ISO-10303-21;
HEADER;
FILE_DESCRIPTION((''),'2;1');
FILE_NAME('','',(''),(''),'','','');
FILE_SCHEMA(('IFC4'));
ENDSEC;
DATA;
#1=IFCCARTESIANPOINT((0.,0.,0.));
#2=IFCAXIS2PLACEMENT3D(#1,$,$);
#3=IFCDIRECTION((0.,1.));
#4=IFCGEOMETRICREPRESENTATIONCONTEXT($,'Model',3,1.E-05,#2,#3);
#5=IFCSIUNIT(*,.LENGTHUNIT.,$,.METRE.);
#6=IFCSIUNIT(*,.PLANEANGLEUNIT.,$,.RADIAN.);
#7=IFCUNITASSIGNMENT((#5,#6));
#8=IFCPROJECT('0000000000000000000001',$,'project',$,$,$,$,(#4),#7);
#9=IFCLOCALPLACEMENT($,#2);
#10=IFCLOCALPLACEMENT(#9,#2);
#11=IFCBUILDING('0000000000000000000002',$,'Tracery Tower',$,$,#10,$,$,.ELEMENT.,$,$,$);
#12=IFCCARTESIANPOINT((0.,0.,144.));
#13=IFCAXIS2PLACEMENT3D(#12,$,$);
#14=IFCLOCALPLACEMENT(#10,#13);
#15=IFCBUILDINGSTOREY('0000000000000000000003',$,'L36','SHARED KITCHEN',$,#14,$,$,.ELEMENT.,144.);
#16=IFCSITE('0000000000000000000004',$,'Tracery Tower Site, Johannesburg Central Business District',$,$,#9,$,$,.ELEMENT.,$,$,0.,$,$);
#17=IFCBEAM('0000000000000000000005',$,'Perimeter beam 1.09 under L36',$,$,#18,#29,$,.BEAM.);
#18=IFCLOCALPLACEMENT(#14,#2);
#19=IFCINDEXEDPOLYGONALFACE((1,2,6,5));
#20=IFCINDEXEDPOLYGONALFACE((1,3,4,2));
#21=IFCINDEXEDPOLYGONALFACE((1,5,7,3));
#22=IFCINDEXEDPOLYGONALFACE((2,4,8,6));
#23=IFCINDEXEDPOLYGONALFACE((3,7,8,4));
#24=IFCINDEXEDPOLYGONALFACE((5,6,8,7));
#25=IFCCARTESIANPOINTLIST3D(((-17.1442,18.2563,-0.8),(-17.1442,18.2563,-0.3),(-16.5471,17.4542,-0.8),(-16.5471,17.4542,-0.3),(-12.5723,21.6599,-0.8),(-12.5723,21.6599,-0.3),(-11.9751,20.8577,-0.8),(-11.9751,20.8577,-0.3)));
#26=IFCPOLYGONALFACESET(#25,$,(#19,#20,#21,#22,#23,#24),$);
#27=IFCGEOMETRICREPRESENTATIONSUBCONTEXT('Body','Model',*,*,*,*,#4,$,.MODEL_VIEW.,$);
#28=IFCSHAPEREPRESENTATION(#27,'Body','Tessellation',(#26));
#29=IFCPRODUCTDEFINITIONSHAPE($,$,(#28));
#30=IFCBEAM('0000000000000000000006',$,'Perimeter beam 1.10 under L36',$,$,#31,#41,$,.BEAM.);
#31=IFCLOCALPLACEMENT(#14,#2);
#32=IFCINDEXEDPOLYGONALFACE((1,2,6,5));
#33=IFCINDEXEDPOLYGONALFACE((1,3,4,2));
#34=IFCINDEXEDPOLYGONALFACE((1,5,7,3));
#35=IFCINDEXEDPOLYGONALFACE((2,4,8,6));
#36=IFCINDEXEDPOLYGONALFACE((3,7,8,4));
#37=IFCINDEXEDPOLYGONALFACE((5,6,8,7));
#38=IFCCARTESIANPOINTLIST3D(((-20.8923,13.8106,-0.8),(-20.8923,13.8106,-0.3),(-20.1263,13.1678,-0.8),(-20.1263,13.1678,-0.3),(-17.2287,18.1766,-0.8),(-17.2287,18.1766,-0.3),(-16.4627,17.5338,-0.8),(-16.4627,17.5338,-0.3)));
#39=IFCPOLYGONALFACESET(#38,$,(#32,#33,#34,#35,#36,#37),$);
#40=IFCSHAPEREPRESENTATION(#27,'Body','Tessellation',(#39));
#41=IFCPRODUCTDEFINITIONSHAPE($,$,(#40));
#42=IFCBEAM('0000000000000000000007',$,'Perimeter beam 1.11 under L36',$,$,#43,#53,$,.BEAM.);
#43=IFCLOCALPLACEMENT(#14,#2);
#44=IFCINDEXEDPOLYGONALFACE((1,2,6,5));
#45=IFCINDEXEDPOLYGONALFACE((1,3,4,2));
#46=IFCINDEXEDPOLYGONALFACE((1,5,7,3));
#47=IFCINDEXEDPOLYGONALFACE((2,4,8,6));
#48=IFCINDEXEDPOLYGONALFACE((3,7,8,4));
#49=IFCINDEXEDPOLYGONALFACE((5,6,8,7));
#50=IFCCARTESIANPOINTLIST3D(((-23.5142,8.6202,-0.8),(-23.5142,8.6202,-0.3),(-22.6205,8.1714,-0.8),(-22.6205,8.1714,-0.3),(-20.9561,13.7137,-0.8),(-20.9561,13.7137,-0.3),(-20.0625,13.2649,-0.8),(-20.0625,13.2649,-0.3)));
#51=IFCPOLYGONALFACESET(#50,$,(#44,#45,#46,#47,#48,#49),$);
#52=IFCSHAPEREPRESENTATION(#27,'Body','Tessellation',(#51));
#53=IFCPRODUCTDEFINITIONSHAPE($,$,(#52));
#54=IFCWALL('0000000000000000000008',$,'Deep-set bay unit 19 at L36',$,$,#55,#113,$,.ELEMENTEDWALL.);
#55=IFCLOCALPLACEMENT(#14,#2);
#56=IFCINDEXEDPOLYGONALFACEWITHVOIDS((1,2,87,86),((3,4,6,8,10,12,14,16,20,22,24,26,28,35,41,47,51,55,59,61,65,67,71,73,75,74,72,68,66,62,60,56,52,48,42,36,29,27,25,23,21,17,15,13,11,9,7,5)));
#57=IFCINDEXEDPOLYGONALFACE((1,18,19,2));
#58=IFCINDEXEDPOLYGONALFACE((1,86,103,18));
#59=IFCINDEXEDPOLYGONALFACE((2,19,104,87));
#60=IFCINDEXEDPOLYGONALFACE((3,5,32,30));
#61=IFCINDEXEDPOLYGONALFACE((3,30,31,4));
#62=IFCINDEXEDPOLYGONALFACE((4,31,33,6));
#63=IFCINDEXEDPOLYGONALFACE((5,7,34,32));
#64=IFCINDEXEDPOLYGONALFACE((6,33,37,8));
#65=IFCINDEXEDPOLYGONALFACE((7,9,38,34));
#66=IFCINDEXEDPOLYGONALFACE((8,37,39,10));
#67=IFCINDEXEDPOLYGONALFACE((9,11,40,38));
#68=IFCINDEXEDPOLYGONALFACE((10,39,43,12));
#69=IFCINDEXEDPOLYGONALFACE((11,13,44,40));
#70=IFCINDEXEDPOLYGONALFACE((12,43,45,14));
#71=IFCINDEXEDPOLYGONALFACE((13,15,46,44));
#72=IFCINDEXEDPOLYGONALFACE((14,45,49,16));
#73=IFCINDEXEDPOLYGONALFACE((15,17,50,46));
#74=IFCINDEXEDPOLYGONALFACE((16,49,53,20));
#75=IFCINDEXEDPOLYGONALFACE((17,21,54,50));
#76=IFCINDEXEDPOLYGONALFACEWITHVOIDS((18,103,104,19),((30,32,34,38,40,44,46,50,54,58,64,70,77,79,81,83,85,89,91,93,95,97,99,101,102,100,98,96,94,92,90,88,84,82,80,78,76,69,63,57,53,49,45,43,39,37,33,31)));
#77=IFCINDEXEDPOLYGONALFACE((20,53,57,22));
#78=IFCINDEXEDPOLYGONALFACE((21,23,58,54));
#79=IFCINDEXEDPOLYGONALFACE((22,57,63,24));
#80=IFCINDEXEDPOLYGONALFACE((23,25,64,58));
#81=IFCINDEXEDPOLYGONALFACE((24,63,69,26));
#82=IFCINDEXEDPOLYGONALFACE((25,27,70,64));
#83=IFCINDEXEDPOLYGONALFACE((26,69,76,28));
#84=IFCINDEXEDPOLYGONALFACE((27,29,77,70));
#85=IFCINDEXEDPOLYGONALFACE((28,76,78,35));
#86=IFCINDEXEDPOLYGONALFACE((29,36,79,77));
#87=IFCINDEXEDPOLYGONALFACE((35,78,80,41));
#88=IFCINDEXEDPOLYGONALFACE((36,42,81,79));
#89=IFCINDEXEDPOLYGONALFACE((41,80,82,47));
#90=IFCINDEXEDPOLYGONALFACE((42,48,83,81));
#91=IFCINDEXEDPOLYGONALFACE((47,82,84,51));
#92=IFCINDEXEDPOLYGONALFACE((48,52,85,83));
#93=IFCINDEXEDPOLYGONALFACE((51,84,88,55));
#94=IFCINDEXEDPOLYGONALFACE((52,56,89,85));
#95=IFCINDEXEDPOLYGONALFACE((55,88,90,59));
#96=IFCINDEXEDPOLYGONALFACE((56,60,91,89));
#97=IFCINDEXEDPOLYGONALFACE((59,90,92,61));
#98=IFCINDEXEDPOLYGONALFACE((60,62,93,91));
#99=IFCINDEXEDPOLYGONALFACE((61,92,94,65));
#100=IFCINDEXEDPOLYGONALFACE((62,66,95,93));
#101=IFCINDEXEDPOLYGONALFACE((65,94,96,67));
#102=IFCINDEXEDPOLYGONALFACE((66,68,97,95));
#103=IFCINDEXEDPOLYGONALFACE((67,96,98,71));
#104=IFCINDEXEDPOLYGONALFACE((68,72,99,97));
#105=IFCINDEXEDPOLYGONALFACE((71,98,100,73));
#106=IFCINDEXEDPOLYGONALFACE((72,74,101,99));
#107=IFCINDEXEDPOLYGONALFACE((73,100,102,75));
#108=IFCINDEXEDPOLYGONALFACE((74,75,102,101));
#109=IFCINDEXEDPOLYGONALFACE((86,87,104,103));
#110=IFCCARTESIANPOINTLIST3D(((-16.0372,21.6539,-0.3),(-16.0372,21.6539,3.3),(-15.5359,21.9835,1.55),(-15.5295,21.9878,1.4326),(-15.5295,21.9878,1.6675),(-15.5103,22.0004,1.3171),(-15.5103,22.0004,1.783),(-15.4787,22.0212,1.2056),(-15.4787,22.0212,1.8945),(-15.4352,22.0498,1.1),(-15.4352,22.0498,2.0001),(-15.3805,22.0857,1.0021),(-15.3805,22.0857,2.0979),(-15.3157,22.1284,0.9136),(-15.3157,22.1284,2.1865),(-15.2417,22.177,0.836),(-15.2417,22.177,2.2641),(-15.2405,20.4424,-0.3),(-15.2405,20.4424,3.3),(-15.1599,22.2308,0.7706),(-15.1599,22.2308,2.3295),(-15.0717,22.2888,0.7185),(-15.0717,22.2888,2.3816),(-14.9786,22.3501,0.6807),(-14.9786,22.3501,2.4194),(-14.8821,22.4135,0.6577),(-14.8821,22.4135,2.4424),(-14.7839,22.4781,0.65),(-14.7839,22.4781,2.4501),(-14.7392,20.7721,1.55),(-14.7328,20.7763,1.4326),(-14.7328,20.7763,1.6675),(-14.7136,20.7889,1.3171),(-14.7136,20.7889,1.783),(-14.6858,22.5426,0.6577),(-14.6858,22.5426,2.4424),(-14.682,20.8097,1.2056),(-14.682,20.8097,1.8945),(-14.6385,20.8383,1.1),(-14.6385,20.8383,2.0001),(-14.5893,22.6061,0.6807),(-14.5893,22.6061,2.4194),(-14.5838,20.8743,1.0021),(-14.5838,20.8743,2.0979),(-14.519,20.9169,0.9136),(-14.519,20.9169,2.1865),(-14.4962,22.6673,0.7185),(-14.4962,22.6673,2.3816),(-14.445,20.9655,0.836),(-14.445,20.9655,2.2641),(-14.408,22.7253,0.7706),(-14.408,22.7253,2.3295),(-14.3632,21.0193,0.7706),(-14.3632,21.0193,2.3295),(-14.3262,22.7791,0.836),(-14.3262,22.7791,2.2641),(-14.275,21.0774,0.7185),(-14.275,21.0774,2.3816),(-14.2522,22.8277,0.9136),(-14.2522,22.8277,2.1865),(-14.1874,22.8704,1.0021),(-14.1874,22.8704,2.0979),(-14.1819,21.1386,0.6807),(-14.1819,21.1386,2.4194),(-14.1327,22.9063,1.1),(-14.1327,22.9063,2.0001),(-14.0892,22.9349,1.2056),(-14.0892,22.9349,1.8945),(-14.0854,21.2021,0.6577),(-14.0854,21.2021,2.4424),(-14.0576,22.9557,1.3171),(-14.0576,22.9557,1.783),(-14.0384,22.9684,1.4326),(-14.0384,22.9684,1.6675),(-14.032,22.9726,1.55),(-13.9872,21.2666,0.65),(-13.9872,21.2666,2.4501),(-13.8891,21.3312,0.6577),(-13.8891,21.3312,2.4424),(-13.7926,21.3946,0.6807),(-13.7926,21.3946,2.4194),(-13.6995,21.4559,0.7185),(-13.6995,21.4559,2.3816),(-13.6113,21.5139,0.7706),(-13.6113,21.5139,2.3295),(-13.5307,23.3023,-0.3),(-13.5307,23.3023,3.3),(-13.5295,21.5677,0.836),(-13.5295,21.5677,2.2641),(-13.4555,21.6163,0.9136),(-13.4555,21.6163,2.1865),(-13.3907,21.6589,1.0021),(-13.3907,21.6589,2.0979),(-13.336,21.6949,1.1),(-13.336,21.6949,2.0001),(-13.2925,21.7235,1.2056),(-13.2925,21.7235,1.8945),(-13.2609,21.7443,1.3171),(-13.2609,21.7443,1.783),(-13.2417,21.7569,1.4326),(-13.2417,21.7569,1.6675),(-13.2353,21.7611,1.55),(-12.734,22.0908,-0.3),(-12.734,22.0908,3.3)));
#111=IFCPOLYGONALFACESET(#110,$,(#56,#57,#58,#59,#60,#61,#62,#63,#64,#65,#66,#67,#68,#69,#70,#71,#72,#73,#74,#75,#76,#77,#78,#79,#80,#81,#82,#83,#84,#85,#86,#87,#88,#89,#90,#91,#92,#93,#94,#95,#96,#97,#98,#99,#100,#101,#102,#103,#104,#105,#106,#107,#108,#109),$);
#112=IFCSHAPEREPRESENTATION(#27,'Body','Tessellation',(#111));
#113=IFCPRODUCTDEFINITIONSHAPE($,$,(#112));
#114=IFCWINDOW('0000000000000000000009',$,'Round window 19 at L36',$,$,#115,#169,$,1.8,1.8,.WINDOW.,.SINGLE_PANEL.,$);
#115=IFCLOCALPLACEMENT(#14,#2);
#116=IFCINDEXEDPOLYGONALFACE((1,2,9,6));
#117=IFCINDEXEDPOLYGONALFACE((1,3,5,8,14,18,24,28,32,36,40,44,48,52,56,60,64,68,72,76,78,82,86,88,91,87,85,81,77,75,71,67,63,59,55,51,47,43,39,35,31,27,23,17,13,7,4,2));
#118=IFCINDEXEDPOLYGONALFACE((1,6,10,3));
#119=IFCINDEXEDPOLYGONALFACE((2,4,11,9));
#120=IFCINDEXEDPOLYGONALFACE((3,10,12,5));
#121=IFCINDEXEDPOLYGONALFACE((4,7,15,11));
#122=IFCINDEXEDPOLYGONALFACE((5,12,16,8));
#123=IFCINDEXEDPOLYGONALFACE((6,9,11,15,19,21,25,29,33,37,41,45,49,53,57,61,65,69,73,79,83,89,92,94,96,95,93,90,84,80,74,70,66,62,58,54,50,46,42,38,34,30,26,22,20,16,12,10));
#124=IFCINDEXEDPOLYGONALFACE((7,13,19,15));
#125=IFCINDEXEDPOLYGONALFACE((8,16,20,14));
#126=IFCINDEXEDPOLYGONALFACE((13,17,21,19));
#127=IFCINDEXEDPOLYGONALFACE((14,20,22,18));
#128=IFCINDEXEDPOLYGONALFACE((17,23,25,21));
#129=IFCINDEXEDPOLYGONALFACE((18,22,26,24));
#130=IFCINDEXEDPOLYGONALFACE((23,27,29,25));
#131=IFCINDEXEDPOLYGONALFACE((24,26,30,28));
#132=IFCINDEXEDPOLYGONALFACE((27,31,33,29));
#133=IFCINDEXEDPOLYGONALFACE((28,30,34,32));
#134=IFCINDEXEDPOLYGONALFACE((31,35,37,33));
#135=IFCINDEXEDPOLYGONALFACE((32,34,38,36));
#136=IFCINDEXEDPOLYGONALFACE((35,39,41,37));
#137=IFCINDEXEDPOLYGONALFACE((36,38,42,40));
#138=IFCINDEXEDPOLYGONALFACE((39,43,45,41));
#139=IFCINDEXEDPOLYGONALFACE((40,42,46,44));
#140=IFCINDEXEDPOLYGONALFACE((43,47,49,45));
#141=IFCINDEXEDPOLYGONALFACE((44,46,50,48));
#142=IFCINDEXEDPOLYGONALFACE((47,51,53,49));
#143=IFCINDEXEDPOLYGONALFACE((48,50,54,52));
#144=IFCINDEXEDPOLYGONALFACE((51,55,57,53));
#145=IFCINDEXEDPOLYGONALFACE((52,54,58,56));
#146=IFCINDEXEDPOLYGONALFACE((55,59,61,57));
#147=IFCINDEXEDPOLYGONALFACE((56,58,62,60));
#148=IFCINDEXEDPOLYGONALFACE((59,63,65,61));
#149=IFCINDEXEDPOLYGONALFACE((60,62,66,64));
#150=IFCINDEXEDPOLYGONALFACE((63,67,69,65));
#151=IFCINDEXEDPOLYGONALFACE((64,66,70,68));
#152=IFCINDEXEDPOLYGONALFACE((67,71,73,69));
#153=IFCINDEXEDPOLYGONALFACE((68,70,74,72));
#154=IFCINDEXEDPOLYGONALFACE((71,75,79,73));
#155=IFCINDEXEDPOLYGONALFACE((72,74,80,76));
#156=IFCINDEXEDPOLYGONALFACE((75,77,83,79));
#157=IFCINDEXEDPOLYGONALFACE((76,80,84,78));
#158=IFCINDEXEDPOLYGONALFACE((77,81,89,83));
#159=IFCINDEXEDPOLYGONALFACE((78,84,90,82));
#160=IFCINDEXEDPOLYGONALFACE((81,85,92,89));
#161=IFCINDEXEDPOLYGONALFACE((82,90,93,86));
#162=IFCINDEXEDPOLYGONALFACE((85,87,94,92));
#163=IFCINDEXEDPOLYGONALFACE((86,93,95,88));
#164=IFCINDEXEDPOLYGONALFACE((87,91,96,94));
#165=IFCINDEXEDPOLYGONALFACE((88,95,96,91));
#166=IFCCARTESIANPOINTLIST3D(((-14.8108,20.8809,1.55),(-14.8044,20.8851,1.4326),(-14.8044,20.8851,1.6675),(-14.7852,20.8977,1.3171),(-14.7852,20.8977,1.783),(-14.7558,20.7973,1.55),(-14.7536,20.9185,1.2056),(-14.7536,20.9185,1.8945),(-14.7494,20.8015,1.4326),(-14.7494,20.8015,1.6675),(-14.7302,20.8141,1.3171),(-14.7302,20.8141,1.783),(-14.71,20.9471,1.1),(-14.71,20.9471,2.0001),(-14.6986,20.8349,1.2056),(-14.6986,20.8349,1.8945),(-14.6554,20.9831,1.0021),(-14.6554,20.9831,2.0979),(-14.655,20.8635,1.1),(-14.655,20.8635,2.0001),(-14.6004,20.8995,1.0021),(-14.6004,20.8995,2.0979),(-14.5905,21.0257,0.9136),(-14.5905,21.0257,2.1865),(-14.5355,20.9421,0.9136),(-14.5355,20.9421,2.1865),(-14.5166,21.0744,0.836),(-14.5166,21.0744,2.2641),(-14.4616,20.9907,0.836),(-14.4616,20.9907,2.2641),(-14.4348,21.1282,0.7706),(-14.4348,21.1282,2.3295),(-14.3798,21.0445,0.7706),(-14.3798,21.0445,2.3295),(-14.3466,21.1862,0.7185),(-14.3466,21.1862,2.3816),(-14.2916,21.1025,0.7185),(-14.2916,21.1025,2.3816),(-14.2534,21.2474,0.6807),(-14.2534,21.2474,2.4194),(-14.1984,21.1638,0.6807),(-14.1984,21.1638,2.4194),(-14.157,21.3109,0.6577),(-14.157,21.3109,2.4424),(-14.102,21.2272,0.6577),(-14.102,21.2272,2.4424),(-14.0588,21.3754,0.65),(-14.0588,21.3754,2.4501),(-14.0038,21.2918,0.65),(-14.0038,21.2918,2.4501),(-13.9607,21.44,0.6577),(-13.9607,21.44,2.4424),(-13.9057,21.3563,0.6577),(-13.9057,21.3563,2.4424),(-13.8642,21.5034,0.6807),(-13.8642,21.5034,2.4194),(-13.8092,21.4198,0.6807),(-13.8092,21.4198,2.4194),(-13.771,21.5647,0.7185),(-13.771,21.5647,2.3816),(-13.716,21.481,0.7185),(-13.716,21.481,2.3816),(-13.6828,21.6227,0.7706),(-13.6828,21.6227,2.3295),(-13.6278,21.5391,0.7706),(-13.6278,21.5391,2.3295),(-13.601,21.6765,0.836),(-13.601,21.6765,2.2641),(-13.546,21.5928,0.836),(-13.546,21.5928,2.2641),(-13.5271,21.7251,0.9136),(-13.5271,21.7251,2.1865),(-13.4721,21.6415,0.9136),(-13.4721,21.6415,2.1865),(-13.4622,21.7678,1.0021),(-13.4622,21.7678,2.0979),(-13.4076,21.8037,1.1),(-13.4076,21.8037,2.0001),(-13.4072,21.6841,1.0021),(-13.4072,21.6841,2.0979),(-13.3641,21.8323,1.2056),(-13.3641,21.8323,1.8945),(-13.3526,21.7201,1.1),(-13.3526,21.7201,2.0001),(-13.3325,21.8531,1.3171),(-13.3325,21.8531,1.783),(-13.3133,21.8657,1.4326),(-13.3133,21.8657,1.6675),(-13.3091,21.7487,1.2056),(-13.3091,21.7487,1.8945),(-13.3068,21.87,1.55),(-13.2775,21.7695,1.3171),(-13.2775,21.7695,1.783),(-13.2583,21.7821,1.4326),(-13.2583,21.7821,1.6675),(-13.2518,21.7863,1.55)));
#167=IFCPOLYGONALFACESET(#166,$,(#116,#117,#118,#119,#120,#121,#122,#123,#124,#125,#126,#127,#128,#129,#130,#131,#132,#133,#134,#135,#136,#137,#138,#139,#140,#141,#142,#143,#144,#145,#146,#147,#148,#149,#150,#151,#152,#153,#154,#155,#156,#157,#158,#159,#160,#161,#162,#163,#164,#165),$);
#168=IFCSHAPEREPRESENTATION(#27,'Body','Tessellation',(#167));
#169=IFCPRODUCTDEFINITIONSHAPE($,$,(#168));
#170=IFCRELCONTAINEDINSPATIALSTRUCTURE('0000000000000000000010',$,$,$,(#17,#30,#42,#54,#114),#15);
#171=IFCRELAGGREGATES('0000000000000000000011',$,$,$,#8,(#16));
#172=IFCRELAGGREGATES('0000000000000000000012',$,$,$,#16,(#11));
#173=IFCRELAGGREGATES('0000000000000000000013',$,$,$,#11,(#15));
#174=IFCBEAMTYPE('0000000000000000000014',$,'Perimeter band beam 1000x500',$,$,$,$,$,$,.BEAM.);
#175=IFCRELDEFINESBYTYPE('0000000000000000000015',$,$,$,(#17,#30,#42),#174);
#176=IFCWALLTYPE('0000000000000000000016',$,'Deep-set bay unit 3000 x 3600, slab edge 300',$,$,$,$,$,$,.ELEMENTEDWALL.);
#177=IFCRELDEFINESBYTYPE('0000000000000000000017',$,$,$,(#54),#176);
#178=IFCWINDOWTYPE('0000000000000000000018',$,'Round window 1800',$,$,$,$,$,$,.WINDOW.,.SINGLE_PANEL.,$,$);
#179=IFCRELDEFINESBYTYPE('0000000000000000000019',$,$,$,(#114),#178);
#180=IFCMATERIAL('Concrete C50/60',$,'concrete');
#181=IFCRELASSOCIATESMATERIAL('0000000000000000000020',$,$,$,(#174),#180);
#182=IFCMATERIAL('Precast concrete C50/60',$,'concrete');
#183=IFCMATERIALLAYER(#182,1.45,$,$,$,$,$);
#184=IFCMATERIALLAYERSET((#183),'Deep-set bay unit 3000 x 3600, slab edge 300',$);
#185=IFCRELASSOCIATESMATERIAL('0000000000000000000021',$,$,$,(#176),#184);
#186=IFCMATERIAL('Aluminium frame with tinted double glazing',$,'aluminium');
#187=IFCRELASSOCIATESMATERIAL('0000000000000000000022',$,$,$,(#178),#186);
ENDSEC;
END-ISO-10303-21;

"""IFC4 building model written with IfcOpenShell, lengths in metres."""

from ifc_helpers import new_model, si_unit, direction, frame, frame_2d, origin, origin_2d, place, context, subcontext, project, spatial, rectangle, circle, extrude, material, layer, layer_set, material_profile, profile_set, type_object, element, fill, save


model = new_model("IFC4")

# Units and contexts
model_context = context("Model", 3, precision=1e-05, world=origin(), true_north=direction((0.0, 1.0)))
body_context = subcontext(model_context, "Body", "Model", "MODEL_VIEW")
ifc_project = project(units=[si_unit("LENGTHUNIT", "METRE"), si_unit("PLANEANGLEUNIT", "RADIAN")], contexts=[model_context])

# Site, building, storey
site_placement = place(None, origin())
site = spatial("IfcSite", under=ifc_project, at=site_placement, Name="Tracery Tower Site, Johannesburg Central Business District", CompositionType="ELEMENT", RefElevation=0.0)
building_placement = place(site_placement, origin())
building = spatial("IfcBuilding", under=site, at=building_placement, Name="Tracery Tower", CompositionType="ELEMENT")
storey_placement = place(building_placement, frame((0.0, 0.0, 144.0)))
storey = spatial("IfcBuildingStorey", under=building, at=storey_placement, Name="L36", Description="SHARED KITCHEN", CompositionType="ELEMENT", Elevation=144.0)

# Beams
ifc_material_1 = material(Name="Concrete C50/60", Category="concrete")
ifc_material_profile_1 = material_profile(ifc_material_1, rectangle(XDim=1.0, YDim=0.5, at=origin_2d()), Name="RC 1000x500")
ifc_profile_set_1 = profile_set([ifc_material_profile_1], Name="Concrete C50/60")
beam_type = type_object("IfcBeamType", Name="Perimeter band beam 1000x500", PredefinedType="BEAM", material=ifc_profile_set_1)
beam_1_placement = place(storey_placement, frame((-12.2737, 21.2588, -0.55), z_axis=(-0.802138, -0.597138, 0.0), x_axis=(0.597138, -0.802138, 0.0)))
element("IfcBeam", 1, at=beam_1_placement, inside=storey, type_object=beam_type, Name="Perimeter beam 1.09 under L36", PredefinedType="BEAM", context=body_context, shape_type="SweptSolid", body=[
    extrude(rectangle(XDim=1.0, YDim=0.5, at=origin_2d()), origin(), (0.0, 0.0, 1.0), 5.6997),
])
beam_2_placement = place(storey_placement, frame((-16.8457, 17.8552, -0.55), z_axis=(-0.642797, -0.766036, 0.0), x_axis=(0.766036, -0.642797, 0.0)))
element("IfcBeam", 2, at=beam_2_placement, inside=storey, type_object=beam_type, Name="Perimeter beam 1.10 under L36", PredefinedType="BEAM", context=body_context, shape_type="SweptSolid", body=[
    extrude(rectangle(XDim=1.0, YDim=0.5, at=origin_2d()), origin(), (0.0, 0.0, 1.0), 5.6995),
])
beam_3_placement = place(storey_placement, frame((-20.5093, 13.4893, -0.55), z_axis=(-0.448806, -0.893629, 0.0), x_axis=(0.893629, -0.448806, 0.0)))
element("IfcBeam", 3, at=beam_3_placement, inside=storey, type_object=beam_type, Name="Perimeter beam 1.11 under L36", PredefinedType="BEAM", context=body_context, shape_type="SweptSolid", body=[
    extrude(rectangle(XDim=1.0, YDim=0.5, at=origin_2d()), origin(), (0.0, 0.0, 1.0), 5.6997),
])

# Wall, opening, window
ifc_material_2 = material(Name="Precast concrete C50/60", Category="concrete")
ifc_layer_1 = layer(ifc_material_2, 1.45)
ifc_layer_set_1 = layer_set([ifc_layer_1], Name="Deep-set bay unit 3000 x 3600, slab edge 300")
wall_type_1 = type_object("IfcWallType", Name="Deep-set bay unit 3000 x 3600, slab edge 300", PredefinedType="ELEMENTEDWALL", material=ifc_layer_set_1)
wall_1_placement = place(storey_placement, frame((-13.1323, 22.6965, -0.3), z_axis=(0.0, 0.0, 1.0), x_axis=(-0.835514, -0.549469, 0.0)))
wall_1 = element("IfcWall", 4, at=wall_1_placement, inside=storey, type_object=wall_type_1, Name="Deep-set bay unit 19 at L36", PredefinedType="ELEMENTEDWALL", context=body_context, shape_type="SweptSolid", body=[
    extrude(rectangle(XDim=3.0, YDim=1.45, at=frame_2d((1.5, 0.0))), origin(), (0.0, 0.0, 1.0), 3.6001),
])
opening_1_placement = place(wall_1_placement, frame((1.5, 0.0, 1.8501)))
opening_1 = element("IfcOpeningElement", 5, at=opening_1_placement, cuts=wall_1, PredefinedType="OPENING", context=body_context, shape_type="SweptSolid", body=[
    extrude(circle(Radius=0.9, at=origin_2d()), frame((0.0, 0.7349, 0.0), z_axis=(0.0, -1.0, 0.0), x_axis=(1.0, 0.0, 0.0)), (0.0, 0.0, 1.0), 1.47),
])
ifc_material_3 = material(Name="Aluminium frame with tinted double glazing", Category="aluminium")
window_type = type_object("IfcWindowType", Name="Round window 1800", PartitioningType="SINGLE_PANEL", PredefinedType="WINDOW", material=ifc_material_3)
window_1_placement = place(opening_1_placement, origin())
window_1 = element("IfcWindow", 6, at=window_1_placement, inside=storey, type_object=window_type, Name="Round window 19 at L36", OverallHeight=1.8, OverallWidth=1.8, PartitioningType="SINGLE_PANEL", PredefinedType="WINDOW", context=body_context, shape_type="SweptSolid", body=[
    extrude(circle(Radius=0.9, at=origin_2d()), frame((0.0, 0.6948, 0.0), z_axis=(0.0, -1.0, 0.0), x_axis=(1.0, 0.0, 0.0)), (0.0, 0.0, 1.0), 0.1001),
])
fill(opening_1, window_1)

save(model, "model.ifc")
